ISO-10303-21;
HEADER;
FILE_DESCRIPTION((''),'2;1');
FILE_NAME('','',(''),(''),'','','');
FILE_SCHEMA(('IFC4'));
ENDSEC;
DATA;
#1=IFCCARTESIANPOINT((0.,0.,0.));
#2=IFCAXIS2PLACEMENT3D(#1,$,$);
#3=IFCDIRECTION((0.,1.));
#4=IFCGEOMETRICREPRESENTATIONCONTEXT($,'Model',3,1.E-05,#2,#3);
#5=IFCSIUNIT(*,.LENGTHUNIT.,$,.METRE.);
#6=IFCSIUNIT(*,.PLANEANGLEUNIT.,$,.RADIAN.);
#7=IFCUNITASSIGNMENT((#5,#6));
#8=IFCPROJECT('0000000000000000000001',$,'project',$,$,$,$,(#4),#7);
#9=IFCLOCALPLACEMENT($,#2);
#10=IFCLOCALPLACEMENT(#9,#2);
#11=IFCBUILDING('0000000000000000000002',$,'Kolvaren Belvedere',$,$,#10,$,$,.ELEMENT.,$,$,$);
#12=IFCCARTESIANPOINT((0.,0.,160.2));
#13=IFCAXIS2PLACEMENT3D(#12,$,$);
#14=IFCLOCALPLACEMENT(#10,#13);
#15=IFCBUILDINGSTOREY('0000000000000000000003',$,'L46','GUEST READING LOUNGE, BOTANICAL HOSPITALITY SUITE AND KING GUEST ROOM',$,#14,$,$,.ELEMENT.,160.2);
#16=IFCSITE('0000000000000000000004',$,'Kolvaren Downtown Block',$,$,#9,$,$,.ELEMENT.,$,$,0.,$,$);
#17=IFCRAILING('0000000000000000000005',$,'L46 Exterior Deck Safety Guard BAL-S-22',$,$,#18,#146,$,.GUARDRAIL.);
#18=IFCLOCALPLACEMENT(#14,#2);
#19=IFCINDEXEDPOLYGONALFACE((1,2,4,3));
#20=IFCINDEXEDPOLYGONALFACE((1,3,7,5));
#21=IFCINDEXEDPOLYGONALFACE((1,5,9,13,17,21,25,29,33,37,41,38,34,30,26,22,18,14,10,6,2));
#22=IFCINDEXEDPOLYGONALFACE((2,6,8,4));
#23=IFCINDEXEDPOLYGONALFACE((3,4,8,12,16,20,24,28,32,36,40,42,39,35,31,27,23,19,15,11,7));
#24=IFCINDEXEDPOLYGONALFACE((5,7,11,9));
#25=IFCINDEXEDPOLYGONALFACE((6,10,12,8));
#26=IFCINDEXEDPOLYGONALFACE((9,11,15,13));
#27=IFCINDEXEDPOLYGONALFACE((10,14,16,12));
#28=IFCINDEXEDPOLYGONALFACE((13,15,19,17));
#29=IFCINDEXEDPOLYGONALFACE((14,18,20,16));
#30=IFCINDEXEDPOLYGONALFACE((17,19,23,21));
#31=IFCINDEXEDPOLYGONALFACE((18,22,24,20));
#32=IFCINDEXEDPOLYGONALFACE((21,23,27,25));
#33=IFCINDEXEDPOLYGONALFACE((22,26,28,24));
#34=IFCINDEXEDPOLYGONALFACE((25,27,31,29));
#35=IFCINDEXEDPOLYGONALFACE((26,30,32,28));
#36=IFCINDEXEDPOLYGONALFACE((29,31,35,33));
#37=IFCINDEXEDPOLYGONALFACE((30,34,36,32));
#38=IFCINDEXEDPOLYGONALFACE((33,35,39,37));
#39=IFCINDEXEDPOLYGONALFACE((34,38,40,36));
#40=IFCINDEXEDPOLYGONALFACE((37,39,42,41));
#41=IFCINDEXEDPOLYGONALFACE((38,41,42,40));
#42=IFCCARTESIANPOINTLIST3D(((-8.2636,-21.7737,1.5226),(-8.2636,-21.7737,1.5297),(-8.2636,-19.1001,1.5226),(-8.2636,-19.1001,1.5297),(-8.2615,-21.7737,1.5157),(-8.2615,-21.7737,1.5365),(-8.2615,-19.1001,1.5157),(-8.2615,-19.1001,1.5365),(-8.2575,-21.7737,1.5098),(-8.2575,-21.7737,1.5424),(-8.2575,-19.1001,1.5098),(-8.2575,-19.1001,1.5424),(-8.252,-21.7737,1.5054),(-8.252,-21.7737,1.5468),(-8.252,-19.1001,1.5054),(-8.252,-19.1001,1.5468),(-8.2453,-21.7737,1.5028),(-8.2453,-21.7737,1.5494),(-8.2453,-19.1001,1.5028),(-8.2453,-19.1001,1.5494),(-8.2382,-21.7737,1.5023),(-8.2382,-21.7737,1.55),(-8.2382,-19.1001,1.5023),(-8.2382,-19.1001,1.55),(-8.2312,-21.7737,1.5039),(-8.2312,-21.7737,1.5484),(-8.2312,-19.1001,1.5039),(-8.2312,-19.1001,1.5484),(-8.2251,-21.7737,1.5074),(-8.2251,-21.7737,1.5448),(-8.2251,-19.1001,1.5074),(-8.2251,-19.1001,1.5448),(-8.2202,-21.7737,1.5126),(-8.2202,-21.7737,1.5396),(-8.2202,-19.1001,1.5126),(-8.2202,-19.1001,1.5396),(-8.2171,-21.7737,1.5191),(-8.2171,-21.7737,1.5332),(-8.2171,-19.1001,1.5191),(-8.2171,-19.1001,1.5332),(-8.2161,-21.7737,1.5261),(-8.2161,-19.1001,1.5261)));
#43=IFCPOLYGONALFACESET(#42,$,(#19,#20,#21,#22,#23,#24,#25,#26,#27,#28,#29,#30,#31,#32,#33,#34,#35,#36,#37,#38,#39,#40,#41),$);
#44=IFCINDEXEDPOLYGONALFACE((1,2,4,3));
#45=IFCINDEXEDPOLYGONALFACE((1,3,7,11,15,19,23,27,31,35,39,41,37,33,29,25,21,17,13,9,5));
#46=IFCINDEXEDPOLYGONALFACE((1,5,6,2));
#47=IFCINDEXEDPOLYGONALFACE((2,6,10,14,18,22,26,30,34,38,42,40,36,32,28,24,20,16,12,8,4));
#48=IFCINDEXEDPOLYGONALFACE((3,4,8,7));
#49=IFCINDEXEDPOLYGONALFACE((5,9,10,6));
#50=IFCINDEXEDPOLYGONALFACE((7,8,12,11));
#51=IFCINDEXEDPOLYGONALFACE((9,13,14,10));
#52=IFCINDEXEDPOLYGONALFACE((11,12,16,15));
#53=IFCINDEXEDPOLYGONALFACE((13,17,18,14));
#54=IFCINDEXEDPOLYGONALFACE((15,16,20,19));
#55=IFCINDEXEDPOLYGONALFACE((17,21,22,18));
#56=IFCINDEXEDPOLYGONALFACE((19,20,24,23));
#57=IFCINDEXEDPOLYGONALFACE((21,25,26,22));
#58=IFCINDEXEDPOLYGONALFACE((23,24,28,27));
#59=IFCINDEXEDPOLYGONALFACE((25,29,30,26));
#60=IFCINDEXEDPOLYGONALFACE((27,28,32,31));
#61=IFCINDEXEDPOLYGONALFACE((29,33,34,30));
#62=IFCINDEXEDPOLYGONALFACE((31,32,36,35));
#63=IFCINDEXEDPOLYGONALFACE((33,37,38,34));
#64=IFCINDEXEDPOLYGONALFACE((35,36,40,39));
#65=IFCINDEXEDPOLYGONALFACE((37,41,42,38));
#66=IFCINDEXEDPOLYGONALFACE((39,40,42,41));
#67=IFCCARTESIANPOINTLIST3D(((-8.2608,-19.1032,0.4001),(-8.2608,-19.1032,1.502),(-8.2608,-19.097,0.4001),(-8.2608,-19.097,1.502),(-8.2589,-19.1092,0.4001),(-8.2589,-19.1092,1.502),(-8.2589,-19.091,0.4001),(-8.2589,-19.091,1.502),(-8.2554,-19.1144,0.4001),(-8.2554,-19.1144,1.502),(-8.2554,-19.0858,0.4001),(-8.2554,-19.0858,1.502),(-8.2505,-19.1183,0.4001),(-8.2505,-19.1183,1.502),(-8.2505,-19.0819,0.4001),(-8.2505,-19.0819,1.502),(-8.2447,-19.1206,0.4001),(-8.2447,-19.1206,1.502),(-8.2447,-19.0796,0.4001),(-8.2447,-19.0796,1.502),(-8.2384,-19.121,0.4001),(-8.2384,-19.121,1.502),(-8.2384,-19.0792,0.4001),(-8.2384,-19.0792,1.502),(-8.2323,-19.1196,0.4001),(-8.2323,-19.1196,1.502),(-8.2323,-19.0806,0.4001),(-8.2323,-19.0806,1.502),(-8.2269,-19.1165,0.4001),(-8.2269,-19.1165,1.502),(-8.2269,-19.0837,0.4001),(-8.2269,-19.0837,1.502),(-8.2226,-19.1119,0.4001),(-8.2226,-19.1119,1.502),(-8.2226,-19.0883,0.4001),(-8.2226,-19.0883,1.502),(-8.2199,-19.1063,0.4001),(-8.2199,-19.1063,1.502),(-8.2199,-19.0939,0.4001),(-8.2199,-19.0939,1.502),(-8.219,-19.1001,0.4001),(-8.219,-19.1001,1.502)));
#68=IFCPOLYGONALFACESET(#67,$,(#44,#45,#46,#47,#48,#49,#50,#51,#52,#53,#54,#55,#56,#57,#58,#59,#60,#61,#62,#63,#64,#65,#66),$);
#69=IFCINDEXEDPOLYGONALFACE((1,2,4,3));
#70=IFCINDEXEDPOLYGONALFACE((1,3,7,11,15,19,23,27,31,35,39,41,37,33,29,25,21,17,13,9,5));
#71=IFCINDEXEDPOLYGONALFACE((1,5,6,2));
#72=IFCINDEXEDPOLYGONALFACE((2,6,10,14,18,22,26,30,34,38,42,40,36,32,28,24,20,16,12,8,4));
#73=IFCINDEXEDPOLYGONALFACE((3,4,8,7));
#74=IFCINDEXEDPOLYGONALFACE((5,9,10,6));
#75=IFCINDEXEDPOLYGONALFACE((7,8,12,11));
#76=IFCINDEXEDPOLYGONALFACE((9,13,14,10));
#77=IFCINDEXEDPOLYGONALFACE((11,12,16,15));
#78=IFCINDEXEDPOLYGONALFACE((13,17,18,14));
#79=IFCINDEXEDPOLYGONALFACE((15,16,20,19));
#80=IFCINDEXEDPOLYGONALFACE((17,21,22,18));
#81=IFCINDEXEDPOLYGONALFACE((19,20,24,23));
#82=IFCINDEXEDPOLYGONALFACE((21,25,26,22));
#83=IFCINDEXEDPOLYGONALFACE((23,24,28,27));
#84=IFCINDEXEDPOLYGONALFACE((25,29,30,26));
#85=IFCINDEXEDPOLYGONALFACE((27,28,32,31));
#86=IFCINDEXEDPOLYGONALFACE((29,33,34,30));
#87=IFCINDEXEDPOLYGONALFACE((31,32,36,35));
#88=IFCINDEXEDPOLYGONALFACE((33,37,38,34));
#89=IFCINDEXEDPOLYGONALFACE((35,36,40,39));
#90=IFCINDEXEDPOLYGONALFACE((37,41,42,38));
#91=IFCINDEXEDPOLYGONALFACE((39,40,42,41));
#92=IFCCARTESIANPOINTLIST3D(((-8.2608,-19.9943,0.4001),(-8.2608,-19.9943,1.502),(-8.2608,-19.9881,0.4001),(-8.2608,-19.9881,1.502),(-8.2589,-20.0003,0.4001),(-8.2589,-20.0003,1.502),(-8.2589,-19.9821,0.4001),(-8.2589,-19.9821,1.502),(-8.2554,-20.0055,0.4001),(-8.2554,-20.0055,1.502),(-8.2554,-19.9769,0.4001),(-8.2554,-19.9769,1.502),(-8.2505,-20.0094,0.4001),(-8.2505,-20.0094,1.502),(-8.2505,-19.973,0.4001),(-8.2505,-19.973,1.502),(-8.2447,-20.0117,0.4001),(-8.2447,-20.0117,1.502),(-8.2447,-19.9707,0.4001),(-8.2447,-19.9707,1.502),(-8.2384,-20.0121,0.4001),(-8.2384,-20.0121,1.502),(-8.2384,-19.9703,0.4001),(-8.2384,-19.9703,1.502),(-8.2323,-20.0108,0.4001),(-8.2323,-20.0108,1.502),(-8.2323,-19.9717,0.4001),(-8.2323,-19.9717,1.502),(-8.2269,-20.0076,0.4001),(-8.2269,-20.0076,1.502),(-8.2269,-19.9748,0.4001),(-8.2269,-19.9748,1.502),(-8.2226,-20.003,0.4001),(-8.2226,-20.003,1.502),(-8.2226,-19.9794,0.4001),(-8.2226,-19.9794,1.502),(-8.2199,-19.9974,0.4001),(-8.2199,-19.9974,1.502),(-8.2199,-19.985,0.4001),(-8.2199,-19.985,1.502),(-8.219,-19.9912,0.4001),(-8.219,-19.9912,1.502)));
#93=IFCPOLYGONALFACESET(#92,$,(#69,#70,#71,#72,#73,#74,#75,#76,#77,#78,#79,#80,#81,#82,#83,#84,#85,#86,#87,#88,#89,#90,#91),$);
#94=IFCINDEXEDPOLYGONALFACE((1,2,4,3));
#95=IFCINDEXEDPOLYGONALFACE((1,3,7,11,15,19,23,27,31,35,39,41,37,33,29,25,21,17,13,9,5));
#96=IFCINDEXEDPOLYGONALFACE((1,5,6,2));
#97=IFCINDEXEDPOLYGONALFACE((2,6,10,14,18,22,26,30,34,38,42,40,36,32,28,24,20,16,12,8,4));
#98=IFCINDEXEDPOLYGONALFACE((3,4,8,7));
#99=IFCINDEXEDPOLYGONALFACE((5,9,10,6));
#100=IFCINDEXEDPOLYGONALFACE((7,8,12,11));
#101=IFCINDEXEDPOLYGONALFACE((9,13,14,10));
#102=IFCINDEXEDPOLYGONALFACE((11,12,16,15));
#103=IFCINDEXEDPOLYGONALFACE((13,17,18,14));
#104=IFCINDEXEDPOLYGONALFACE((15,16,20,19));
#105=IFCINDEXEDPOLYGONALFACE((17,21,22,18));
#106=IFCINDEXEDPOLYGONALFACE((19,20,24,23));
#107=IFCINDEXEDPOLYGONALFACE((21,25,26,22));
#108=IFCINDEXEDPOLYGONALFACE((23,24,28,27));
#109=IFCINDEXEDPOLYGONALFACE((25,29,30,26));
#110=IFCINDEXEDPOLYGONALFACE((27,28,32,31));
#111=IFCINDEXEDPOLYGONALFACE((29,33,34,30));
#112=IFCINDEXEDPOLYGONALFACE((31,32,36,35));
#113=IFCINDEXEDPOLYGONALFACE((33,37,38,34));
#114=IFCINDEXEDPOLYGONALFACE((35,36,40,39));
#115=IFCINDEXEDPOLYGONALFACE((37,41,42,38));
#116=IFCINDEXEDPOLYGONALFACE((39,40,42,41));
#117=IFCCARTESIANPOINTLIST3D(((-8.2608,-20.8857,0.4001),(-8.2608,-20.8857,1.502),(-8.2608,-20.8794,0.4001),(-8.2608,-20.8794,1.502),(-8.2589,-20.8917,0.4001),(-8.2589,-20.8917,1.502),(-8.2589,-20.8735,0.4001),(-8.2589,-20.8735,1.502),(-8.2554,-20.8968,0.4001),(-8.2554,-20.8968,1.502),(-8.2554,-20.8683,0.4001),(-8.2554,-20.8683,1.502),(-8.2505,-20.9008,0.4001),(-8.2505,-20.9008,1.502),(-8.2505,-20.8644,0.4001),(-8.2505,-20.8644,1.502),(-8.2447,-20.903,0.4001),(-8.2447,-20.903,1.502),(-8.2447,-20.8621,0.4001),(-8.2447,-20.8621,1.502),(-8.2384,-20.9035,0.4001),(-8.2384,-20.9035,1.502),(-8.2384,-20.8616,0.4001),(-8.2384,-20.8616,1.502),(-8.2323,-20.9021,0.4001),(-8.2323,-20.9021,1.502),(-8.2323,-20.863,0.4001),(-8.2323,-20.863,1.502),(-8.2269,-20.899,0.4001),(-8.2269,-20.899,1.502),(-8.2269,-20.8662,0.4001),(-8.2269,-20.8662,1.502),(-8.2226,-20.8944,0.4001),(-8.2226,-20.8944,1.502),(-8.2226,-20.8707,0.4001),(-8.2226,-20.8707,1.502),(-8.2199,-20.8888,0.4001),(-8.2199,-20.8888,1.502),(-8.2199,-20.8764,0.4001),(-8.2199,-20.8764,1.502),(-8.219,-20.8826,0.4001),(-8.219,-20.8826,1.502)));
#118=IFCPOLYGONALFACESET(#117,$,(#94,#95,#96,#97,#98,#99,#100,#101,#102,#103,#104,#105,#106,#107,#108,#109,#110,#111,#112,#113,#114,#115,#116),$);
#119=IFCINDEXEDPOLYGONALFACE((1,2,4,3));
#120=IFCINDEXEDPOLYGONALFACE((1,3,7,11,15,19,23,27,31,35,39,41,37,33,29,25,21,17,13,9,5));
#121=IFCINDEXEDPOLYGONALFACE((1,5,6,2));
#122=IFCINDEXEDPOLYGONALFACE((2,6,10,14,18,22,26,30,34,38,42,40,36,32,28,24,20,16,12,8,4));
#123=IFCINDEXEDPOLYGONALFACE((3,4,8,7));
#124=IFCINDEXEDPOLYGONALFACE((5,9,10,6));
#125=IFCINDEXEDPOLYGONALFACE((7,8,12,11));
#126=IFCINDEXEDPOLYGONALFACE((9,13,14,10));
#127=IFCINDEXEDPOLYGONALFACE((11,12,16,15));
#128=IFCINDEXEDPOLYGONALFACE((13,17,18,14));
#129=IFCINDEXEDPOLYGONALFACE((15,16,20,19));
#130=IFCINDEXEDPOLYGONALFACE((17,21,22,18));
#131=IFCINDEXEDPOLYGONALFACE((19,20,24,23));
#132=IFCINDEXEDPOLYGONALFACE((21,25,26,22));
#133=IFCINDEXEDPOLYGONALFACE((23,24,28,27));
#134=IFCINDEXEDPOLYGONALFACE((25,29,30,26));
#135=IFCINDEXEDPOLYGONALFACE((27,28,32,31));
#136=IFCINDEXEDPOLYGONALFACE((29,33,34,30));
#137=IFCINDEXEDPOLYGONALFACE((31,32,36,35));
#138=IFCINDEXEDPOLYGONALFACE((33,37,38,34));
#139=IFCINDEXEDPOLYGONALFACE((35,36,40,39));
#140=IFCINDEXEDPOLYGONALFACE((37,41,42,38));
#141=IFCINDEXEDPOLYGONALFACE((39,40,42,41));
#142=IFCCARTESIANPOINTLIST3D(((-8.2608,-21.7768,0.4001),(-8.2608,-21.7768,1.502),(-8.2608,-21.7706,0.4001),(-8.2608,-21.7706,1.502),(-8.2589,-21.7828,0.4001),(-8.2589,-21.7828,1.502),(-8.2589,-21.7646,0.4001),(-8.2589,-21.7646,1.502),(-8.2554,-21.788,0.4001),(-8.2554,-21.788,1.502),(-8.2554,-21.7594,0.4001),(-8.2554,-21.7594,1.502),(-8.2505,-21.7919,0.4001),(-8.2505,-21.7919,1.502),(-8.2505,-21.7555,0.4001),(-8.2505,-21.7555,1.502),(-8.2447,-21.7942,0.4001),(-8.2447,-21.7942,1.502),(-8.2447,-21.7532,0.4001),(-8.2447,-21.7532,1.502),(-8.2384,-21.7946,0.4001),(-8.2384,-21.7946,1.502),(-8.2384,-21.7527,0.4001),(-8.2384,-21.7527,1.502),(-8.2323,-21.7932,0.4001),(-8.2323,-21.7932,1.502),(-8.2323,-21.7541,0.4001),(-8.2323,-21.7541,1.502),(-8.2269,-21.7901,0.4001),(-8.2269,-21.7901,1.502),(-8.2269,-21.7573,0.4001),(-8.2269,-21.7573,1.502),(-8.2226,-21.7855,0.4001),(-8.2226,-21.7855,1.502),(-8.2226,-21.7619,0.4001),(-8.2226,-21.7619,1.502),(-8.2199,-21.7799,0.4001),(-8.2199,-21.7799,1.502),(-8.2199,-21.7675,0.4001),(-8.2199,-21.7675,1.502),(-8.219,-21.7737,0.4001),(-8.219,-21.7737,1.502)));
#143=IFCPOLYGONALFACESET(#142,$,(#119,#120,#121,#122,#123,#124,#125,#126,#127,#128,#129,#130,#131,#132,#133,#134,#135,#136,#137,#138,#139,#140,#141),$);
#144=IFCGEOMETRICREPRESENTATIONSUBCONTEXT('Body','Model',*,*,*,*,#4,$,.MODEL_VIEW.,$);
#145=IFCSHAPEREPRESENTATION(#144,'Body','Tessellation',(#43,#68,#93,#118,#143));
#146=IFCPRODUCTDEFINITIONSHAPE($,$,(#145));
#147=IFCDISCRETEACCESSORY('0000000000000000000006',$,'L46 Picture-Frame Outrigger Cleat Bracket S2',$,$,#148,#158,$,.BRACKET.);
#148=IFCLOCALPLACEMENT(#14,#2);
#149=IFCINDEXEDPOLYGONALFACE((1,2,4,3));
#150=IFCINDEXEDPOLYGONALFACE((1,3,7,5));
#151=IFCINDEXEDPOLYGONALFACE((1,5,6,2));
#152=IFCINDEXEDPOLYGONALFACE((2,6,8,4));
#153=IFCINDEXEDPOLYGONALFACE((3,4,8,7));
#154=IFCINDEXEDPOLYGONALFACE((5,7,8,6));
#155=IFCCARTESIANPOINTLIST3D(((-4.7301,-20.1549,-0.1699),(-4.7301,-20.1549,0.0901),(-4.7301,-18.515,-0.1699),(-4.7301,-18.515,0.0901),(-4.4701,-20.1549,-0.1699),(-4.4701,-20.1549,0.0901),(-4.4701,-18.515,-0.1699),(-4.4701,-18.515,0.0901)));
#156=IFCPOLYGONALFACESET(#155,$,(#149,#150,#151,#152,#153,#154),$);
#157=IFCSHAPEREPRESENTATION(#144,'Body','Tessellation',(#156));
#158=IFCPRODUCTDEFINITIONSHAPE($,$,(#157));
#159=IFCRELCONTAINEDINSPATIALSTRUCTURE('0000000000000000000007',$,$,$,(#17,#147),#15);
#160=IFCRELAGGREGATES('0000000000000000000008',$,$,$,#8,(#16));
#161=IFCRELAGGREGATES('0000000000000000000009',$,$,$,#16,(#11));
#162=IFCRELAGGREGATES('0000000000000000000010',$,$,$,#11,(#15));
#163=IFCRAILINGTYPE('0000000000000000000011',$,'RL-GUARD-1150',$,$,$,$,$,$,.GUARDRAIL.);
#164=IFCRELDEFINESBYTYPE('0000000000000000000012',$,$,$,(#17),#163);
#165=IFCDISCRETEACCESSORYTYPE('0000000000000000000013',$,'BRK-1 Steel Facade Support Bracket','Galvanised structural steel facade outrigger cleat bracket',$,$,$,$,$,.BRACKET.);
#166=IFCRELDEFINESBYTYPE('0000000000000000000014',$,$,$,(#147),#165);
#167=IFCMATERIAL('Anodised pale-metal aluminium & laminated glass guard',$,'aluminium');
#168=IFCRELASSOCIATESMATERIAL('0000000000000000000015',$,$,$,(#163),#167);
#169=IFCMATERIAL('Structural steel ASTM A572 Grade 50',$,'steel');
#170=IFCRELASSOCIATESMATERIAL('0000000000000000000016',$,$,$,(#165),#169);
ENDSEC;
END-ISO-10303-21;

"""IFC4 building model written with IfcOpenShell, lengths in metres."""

from ifc_helpers import new_model, si_unit, direction, frame, origin, origin_2d, place, context, subcontext, project, spatial, rectangle, circle, extrude, material, type_object, element, save


model = new_model("IFC4")

# Units and contexts
model_context = context("Model", 3, precision=1e-05, world=origin(), true_north=direction((0.0, 1.0)))
body_context = subcontext(model_context, "Body", "Model", "MODEL_VIEW")
ifc_project = project(units=[si_unit("LENGTHUNIT", "METRE"), si_unit("PLANEANGLEUNIT", "RADIAN")], contexts=[model_context])

# Site, building, storey
site_placement = place(None, origin())
site = spatial("IfcSite", under=ifc_project, at=site_placement, Name="Kolvaren Downtown Block", CompositionType="ELEMENT", RefElevation=0.0)
building_placement = place(site_placement, origin())
building = spatial("IfcBuilding", under=site, at=building_placement, Name="Kolvaren Belvedere", CompositionType="ELEMENT")
storey_placement = place(building_placement, frame((0.0, 0.0, 160.2)))
storey = spatial("IfcBuildingStorey", under=building, at=storey_placement, Name="L46", Description="GUEST READING LOUNGE, BOTANICAL HOSPITALITY SUITE AND KING GUEST ROOM", CompositionType="ELEMENT", Elevation=160.2)

# Railing
ifc_material_1 = material(Name="Anodised pale-metal aluminium & laminated glass guard", Category="aluminium")
railing_type = type_object("IfcRailingType", Name="RL-GUARD-1150", PredefinedType="GUARDRAIL", material=ifc_material_1)
railing_1_placement = place(storey_placement, frame((-8.24, -19.1001, 0.4001)))
element("IfcRailing", 1, at=railing_1_placement, inside=storey, type_object=railing_type, Name="L46 Exterior Deck Safety Guard BAL-S-22", PredefinedType="GUARDRAIL", context=body_context, shape_type="SweptSolid", body=[
    extrude(circle(Radius=0.0239, at=origin_2d()), frame((0.0, 0.0, 1.126), z_axis=(0.0, -1.0, 0.0), x_axis=(1.0, 0.0, 0.0)), (0.0, 0.0, 1.0), 2.6736),
    extrude(circle(Radius=0.021, at=origin_2d()), origin(), (0.0, 0.0, 1.0), 1.1018),
    extrude(circle(Radius=0.021, at=origin_2d()), frame((0.0, -0.8911, 0.0)), (0.0, 0.0, 1.0), 1.1018),
    extrude(circle(Radius=0.021, at=origin_2d()), frame((0.0, -1.7825, 0.0)), (0.0, 0.0, 1.0), 1.1018),
    extrude(circle(Radius=0.021, at=origin_2d()), frame((0.0, -2.6736, 0.0)), (0.0, 0.0, 1.0), 1.1018),
])

# Discrete accessory
ifc_material_2 = material(Name="Structural steel ASTM A572 Grade 50", Category="steel")
discrete_accessory_type = type_object("IfcDiscreteAccessoryType", Name="BRK-1 Steel Facade Support Bracket", Description="Galvanised structural steel facade outrigger cleat bracket", PredefinedType="BRACKET", material=ifc_material_2)
discrete_accessory_placement = place(storey_placement, frame((-4.6001, -19.335, -0.1699), z_axis=(0.0, 0.0, 1.0), x_axis=(0.0, 1.0, 0.0)))
element("IfcDiscreteAccessory", 2, at=discrete_accessory_placement, inside=storey, type_object=discrete_accessory_type, Name="L46 Picture-Frame Outrigger Cleat Bracket S2", PredefinedType="BRACKET", context=body_context, shape_type="SweptSolid", body=[
    extrude(rectangle(XDim=1.6399, YDim=0.26, at=origin_2d()), origin(), (0.0, 0.0, 1.0), 0.26),
])

save(model, "model.ifc")
